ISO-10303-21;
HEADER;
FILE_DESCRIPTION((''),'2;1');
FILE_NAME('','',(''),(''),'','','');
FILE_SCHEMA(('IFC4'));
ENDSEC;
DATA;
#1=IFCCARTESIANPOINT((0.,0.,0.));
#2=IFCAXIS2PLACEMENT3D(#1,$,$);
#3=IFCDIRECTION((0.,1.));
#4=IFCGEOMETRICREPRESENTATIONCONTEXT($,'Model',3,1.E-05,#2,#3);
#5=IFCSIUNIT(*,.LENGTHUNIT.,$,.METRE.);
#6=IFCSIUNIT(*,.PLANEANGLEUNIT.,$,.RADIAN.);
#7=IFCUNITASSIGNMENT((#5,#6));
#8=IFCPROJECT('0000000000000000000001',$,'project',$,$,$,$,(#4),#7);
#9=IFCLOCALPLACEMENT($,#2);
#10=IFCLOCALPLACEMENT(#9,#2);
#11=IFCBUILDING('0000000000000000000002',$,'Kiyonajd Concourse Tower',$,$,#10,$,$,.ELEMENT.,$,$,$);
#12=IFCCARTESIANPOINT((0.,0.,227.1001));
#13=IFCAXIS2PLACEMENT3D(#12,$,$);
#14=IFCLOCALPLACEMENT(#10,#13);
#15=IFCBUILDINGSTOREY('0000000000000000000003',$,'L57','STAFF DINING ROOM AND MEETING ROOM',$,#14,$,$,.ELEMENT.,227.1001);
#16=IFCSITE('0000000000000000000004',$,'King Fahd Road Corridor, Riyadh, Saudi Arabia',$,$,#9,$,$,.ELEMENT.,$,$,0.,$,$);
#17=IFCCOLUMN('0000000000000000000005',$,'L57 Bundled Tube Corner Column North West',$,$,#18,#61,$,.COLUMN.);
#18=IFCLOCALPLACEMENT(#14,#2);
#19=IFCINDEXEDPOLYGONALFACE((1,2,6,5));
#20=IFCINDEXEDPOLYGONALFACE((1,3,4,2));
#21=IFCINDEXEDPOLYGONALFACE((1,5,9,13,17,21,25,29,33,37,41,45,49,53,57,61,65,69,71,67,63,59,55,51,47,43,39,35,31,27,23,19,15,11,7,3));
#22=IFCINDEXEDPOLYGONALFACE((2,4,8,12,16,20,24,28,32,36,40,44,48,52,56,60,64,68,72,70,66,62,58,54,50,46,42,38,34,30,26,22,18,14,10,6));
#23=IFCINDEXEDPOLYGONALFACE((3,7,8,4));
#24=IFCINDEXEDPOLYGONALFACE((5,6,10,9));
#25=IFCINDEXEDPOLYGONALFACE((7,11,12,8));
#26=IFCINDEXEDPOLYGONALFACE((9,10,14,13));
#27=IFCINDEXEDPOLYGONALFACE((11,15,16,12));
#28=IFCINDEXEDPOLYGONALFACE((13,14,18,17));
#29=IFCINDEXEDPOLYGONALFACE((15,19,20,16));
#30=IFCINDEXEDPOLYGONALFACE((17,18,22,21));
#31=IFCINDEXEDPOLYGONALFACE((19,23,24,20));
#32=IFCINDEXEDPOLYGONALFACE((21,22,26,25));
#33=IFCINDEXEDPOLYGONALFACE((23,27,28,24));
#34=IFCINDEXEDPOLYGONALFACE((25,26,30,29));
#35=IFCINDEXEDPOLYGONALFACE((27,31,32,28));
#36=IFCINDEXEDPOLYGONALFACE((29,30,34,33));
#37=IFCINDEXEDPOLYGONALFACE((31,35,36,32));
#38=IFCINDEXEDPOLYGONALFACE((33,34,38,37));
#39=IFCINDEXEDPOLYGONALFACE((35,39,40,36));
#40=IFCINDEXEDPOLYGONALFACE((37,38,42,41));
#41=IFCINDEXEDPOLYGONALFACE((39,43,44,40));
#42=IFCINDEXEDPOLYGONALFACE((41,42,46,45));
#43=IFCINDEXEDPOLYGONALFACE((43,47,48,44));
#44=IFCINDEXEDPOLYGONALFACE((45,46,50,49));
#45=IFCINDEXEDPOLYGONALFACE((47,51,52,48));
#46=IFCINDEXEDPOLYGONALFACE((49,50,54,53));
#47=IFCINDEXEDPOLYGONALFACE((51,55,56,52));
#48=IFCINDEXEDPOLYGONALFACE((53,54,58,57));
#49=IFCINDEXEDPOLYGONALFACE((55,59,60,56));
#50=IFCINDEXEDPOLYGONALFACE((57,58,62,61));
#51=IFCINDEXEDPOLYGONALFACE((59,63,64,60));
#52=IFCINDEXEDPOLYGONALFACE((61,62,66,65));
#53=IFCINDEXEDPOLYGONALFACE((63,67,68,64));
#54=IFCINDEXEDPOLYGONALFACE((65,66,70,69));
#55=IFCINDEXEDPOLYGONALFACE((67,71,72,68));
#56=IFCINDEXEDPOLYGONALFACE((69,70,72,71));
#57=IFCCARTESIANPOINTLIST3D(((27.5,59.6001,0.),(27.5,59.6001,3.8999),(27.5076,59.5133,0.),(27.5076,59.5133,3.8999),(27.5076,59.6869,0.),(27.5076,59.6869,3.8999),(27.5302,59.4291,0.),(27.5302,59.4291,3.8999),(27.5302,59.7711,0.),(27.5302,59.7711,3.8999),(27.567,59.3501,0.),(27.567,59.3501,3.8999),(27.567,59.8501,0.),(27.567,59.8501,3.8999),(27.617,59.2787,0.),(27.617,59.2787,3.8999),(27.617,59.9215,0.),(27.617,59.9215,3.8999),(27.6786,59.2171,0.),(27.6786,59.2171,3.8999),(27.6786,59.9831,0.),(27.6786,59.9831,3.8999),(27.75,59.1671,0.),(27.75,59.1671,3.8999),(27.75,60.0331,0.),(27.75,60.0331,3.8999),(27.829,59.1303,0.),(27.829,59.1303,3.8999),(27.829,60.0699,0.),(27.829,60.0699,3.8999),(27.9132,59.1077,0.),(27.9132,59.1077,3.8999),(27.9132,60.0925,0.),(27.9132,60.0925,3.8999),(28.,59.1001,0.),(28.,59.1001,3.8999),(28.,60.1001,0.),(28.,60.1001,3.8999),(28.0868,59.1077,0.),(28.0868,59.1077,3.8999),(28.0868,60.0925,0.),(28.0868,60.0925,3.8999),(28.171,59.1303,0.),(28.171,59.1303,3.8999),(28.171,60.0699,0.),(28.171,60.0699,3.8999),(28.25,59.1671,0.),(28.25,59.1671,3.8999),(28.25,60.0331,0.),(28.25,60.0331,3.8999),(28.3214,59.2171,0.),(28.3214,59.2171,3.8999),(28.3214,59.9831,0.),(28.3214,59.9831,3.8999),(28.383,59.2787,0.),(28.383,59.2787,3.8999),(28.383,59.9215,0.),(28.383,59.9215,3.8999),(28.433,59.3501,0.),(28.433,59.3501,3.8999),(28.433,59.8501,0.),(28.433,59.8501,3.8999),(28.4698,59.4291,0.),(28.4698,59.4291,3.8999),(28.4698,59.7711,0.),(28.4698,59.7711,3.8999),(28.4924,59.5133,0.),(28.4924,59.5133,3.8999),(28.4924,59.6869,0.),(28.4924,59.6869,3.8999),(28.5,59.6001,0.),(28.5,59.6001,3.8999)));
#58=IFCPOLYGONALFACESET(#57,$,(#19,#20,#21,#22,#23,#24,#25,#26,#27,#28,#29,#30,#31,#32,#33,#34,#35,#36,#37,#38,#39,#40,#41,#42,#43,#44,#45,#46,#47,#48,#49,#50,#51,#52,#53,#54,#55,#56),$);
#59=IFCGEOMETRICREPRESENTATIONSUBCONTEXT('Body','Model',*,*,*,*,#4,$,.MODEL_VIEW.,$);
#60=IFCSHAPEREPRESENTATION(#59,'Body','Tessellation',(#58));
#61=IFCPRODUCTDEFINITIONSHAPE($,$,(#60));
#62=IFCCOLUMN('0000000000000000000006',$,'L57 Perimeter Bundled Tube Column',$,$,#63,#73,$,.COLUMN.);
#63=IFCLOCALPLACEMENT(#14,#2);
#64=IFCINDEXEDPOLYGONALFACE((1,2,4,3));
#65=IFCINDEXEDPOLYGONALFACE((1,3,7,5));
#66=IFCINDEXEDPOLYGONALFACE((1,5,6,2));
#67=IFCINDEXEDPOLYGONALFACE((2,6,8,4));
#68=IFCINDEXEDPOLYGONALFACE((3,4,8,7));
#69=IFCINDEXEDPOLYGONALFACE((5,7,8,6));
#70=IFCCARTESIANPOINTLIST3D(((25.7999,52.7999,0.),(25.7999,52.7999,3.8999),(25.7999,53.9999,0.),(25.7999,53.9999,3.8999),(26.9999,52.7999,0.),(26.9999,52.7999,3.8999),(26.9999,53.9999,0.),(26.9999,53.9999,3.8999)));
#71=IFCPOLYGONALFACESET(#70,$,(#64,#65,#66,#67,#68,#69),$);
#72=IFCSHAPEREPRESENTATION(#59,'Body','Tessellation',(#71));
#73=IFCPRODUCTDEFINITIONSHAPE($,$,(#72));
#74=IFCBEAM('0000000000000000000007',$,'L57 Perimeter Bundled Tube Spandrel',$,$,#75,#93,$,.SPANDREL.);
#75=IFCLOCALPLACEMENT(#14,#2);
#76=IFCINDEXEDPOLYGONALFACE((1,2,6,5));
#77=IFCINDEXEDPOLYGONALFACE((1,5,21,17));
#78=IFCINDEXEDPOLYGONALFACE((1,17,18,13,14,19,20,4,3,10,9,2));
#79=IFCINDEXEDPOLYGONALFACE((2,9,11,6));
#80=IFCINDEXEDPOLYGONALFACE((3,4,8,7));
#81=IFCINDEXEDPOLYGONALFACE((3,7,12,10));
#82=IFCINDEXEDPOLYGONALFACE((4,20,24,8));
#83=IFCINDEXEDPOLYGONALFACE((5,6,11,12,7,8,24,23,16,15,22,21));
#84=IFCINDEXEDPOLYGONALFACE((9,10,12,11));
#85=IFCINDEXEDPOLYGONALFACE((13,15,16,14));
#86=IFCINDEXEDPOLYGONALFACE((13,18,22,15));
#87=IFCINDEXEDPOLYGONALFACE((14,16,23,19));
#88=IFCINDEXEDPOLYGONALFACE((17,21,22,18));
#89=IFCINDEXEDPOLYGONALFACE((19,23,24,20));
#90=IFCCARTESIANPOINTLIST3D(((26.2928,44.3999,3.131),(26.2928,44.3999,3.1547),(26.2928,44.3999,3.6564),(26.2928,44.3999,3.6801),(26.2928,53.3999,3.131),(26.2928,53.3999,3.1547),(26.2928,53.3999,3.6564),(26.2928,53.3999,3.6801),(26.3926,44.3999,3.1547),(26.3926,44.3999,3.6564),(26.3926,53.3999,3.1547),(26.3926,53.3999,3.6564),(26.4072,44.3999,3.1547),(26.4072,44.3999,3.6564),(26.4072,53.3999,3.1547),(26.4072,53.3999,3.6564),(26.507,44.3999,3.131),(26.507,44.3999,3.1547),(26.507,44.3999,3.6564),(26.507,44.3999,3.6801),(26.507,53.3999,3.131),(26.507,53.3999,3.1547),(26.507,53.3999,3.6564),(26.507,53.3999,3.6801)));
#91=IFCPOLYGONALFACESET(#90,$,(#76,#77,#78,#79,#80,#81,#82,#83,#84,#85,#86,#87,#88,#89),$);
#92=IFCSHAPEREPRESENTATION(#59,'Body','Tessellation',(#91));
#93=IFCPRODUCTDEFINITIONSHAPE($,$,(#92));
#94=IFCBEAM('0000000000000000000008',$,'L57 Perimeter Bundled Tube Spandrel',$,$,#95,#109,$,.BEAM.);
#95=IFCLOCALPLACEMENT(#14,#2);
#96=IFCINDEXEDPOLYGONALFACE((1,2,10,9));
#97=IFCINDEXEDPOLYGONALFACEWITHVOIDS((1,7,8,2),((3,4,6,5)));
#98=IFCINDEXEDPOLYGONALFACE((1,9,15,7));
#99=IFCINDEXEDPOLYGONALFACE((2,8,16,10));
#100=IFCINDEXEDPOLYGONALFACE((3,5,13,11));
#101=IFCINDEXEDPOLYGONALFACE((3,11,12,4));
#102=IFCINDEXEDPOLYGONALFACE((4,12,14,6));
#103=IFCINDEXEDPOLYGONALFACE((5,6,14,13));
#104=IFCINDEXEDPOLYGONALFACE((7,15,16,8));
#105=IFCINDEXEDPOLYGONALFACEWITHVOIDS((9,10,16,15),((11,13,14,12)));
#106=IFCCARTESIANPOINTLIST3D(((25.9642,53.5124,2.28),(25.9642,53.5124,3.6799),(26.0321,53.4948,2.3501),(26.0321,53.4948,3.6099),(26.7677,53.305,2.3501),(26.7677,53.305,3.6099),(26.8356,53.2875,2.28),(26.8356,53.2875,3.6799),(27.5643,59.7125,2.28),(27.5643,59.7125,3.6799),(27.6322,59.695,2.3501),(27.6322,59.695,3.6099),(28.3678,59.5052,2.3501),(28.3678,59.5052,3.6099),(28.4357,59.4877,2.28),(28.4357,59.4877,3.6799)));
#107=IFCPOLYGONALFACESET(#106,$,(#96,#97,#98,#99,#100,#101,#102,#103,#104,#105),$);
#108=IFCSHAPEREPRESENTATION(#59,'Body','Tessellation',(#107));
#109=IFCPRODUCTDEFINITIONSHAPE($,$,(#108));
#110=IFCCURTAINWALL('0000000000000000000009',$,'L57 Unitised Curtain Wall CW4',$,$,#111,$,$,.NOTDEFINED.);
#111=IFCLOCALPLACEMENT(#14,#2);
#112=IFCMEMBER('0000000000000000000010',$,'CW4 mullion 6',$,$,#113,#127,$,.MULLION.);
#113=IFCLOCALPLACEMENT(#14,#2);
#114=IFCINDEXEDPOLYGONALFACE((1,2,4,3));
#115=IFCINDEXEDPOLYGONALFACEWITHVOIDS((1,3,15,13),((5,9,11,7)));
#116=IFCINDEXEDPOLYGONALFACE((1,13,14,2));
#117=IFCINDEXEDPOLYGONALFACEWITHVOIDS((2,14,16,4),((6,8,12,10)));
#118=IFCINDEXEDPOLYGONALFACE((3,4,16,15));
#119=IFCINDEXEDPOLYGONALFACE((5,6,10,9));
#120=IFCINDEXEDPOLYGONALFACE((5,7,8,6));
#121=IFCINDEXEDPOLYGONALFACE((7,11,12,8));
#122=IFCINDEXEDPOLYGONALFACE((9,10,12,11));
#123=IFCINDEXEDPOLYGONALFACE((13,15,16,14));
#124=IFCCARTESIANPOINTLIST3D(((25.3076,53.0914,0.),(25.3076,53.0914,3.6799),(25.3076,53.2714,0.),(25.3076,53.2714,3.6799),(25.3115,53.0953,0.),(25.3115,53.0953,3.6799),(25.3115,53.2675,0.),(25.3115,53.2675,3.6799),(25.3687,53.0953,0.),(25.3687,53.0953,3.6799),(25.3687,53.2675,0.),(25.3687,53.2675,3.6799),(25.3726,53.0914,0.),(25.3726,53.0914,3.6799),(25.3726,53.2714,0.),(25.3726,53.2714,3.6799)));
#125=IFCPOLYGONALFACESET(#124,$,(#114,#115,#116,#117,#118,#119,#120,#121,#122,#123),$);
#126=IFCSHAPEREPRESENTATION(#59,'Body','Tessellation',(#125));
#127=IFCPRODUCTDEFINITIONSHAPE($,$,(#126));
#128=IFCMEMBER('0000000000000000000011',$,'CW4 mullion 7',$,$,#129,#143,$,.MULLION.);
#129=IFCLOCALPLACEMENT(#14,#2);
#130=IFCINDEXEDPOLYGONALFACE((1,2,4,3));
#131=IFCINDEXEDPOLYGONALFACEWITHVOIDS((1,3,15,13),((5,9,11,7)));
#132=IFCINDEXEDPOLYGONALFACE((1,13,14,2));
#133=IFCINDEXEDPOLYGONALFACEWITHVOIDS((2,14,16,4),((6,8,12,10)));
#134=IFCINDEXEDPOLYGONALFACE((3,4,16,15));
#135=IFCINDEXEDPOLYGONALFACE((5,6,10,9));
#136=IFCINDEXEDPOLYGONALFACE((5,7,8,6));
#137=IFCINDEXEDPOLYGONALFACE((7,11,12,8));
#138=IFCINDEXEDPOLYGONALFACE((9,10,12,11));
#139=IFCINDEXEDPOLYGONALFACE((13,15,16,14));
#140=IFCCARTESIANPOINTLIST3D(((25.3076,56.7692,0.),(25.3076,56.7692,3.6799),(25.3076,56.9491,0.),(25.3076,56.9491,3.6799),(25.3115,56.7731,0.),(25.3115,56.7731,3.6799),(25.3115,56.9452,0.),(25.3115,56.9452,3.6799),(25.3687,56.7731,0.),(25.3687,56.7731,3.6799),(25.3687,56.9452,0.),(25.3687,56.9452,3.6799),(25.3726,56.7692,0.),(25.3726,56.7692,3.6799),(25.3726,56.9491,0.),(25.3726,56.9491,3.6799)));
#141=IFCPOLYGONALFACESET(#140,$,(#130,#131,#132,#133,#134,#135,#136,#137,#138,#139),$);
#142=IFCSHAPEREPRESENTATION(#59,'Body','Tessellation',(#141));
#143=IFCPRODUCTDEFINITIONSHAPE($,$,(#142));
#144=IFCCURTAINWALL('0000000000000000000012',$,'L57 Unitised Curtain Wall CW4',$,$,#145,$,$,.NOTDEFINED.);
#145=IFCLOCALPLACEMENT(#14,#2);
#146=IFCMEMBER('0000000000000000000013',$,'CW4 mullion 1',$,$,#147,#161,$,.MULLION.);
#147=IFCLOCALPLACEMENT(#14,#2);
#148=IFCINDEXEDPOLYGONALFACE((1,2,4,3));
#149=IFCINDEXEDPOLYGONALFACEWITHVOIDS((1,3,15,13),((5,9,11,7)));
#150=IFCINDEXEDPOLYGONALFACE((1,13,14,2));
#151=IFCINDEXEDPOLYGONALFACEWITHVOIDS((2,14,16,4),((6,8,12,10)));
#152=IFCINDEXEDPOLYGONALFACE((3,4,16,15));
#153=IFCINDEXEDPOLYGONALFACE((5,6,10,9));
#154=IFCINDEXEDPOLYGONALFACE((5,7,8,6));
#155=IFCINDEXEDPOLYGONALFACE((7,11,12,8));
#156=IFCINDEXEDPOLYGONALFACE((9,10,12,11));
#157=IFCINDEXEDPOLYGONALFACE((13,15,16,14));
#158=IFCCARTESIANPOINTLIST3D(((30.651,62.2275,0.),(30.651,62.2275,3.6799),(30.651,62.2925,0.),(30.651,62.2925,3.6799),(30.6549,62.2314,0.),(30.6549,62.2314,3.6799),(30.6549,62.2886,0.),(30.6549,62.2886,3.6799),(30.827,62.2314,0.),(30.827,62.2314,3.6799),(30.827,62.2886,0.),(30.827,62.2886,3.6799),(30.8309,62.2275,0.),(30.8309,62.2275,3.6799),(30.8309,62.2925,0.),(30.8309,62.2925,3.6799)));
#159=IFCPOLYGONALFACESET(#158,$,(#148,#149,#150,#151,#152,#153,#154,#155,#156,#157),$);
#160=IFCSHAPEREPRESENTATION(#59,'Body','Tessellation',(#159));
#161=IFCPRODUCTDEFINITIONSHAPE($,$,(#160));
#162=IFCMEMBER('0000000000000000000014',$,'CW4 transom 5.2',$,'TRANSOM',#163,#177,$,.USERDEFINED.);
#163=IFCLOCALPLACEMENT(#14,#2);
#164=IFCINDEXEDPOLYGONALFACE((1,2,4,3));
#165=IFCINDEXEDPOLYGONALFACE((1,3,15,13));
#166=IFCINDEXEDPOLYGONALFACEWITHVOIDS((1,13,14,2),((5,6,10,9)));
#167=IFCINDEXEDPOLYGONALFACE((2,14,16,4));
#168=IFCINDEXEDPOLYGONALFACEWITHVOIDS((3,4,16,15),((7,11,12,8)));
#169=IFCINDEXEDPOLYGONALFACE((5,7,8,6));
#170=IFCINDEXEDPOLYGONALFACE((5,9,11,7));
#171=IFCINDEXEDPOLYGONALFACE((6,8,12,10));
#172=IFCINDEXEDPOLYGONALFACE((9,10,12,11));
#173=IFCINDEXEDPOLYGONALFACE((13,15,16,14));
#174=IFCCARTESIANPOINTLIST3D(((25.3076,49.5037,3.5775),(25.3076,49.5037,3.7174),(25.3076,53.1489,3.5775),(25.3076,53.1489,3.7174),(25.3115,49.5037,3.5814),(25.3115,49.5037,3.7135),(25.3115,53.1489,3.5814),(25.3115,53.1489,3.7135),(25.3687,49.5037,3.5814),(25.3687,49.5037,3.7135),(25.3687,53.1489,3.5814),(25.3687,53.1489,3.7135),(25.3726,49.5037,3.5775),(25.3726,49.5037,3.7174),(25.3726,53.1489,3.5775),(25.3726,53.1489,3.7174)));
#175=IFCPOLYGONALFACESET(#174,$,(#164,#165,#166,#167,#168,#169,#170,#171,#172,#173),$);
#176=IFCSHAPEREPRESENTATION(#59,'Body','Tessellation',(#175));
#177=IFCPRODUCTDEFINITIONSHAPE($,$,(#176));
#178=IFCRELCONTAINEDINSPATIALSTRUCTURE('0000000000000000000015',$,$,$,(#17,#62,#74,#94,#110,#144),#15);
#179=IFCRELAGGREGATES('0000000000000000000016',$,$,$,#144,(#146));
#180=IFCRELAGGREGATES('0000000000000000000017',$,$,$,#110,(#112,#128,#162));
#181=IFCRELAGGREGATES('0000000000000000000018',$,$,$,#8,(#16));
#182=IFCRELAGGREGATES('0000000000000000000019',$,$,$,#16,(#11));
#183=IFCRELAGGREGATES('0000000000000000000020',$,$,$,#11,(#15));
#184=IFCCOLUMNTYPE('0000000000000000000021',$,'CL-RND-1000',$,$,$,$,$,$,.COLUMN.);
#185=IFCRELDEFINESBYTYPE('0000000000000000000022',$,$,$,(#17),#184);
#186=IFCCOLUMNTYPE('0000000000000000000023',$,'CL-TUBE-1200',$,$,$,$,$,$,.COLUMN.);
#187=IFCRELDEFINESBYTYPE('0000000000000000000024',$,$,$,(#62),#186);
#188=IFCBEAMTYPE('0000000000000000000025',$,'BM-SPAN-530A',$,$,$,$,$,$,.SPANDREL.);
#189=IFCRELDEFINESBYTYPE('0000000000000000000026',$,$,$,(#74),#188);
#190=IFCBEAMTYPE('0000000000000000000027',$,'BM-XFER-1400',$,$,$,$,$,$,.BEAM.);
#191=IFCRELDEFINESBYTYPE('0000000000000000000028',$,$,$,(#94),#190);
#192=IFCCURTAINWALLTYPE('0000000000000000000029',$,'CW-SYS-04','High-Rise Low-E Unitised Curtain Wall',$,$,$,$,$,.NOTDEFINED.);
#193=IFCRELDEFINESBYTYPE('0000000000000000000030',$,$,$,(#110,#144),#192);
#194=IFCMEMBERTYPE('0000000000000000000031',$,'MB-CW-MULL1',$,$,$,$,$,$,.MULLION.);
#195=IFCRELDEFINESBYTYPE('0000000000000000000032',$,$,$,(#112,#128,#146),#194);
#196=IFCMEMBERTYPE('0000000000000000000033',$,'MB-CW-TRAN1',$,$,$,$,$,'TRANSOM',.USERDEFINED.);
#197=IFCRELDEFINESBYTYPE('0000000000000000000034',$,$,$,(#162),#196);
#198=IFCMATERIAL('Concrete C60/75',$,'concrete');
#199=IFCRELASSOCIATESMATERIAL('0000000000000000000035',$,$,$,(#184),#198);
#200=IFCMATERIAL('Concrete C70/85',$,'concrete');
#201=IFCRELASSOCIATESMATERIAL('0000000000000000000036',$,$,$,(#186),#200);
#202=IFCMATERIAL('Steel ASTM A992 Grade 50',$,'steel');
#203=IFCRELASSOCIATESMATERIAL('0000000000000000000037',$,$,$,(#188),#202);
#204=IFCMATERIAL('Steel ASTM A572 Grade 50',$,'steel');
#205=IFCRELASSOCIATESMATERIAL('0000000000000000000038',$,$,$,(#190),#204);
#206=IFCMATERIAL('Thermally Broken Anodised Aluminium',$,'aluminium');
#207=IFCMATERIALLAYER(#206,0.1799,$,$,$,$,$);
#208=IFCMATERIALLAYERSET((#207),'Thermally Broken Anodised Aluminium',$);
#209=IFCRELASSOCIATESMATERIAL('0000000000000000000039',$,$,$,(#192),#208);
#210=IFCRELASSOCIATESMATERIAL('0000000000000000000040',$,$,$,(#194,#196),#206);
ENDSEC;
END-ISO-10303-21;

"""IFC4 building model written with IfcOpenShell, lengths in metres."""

from ifc_helpers import new_model, si_unit, direction, frame, origin, origin_2d, place, context, subcontext, project, spatial, rectangle, hollow_rectangle, circle, i_section, extrude, material, layer, layer_set, material_profile, profile_set, type_object, element, aggregate, save


model = new_model("IFC4")

# Units and contexts
model_context = context("Model", 3, precision=1e-05, world=origin(), true_north=direction((0.0, 1.0)))
body_context = subcontext(model_context, "Body", "Model", "MODEL_VIEW")
ifc_project = project(units=[si_unit("LENGTHUNIT", "METRE"), si_unit("PLANEANGLEUNIT", "RADIAN")], contexts=[model_context])

# Site, building, storey
site_placement = place(None, origin())
site = spatial("IfcSite", under=ifc_project, at=site_placement, Name="King Fahd Road Corridor, Riyadh, Saudi Arabia", CompositionType="ELEMENT", RefElevation=0.0)
building_placement = place(site_placement, origin())
building = spatial("IfcBuilding", under=site, at=building_placement, Name="Kiyonajd Concourse Tower", CompositionType="ELEMENT")
storey_placement = place(building_placement, frame((0.0, 0.0, 227.1001)))
storey = spatial("IfcBuildingStorey", under=building, at=storey_placement, Name="L57", Description="STAFF DINING ROOM AND MEETING ROOM", CompositionType="ELEMENT", Elevation=227.1001)

# Columns
ifc_material_1 = material(Name="Concrete C60/75", Category="concrete")
ifc_material_profile_1 = material_profile(ifc_material_1, circle(Radius=0.5, at=origin_2d()), Name="RCC-D1000")
ifc_profile_set_1 = profile_set([ifc_material_profile_1], Name="Concrete C60/75")
column_type_1 = type_object("IfcColumnType", Name="CL-RND-1000", PredefinedType="COLUMN", material=ifc_profile_set_1)
column_1_placement = place(storey_placement, frame((28.0, 59.6001, 0.0), z_axis=(0.0, 0.0, 1.0), x_axis=(1.0, 0.0, 0.0)))
element("IfcColumn", 1, at=column_1_placement, inside=storey, type_object=column_type_1, Name="L57 Bundled Tube Corner Column North West", PredefinedType="COLUMN", context=body_context, shape_type="SweptSolid", body=[
    extrude(circle(Radius=0.5, at=origin_2d()), origin(), (0.0, 0.0, 1.0), 3.8999),
])
ifc_material_2 = material(Name="Concrete C70/85", Category="concrete")
ifc_material_profile_2 = material_profile(ifc_material_2, rectangle(XDim=1.2, YDim=1.2, at=origin_2d()), Name="RC-1200x1200")
ifc_profile_set_2 = profile_set([ifc_material_profile_2], Name="Concrete C70/85")
column_type_2 = type_object("IfcColumnType", Name="CL-TUBE-1200", PredefinedType="COLUMN", material=ifc_profile_set_2)
column_2_placement = place(storey_placement, frame((26.3999, 53.3999, 0.0), z_axis=(0.0, 0.0, 1.0), x_axis=(1.0, 0.0, 0.0)))
element("IfcColumn", 2, at=column_2_placement, inside=storey, type_object=column_type_2, Name="L57 Perimeter Bundled Tube Column", PredefinedType="COLUMN", context=body_context, shape_type="SweptSolid", body=[
    extrude(rectangle(XDim=1.2, YDim=1.2, at=origin_2d()), origin(), (0.0, 0.0, 1.0), 3.8999),
])

# Beams
ifc_material_3 = material(Name="Steel ASTM A992 Grade 50", Category="steel")
ifc_material_profile_3 = material_profile(ifc_material_3, i_section(OverallWidth=0.2141, OverallDepth=0.5491, WebThickness=0.0146, FlangeThickness=0.0237, at=origin_2d()), Name="W530X138")
ifc_profile_set_3 = profile_set([ifc_material_profile_3], Name="Steel ASTM A992 Grade 50")
beam_type_1 = type_object("IfcBeamType", Name="BM-SPAN-530A", PredefinedType="SPANDREL", material=ifc_profile_set_3)
beam_1_placement = place(storey_placement, frame((26.3999, 53.3999, 3.4055), z_axis=(0.0, -1.0, 0.0), x_axis=(1.0, 0.0, 0.0)))
element("IfcBeam", 3, at=beam_1_placement, inside=storey, type_object=beam_type_1, Name="L57 Perimeter Bundled Tube Spandrel", PredefinedType="SPANDREL", context=body_context, shape_type="SweptSolid", body=[
    extrude(i_section(OverallWidth=0.2141, OverallDepth=0.5491, WebThickness=0.0146, FlangeThickness=0.0237, at=origin_2d()), origin(), (0.0, 0.0, 1.0), 9.0),
])
ifc_material_4 = material(Name="Steel ASTM A572 Grade 50", Category="steel")
ifc_material_profile_4 = material_profile(ifc_material_4, hollow_rectangle(XDim=0.8999, YDim=1.3999, WallThickness=0.0701, at=origin_2d()), Name="BOX-1400x900x70")
ifc_profile_set_4 = profile_set([ifc_material_profile_4], Name="Steel ASTM A572 Grade 50")
beam_type_2 = type_object("IfcBeamType", Name="BM-XFER-1400", PredefinedType="BEAM", material=ifc_profile_set_4)
beam_2_placement = place(storey_placement, frame((28.0, 59.6001, 2.98), z_axis=(-0.249885, -0.968276, 0.0), x_axis=(0.968276, -0.249885, 0.0)))
element("IfcBeam", 4, at=beam_2_placement, inside=storey, type_object=beam_type_2, Name="L57 Perimeter Bundled Tube Spandrel", PredefinedType="BEAM", context=body_context, shape_type="SweptSolid", body=[
    extrude(hollow_rectangle(XDim=0.8999, YDim=1.3999, WallThickness=0.0701, at=origin_2d()), origin(), (0.0, 0.0, 1.0), 6.4033),
])

# Curtain wall, members
ifc_material_5 = material(Name="Thermally Broken Anodised Aluminium", Category="aluminium")
ifc_layer_1 = layer(ifc_material_5, 0.1799)
ifc_layer_set_1 = layer_set([ifc_layer_1], Name="Thermally Broken Anodised Aluminium")
curtain_wall_type = type_object("IfcCurtainWallType", Name="CW-SYS-04", Description="High-Rise Low-E Unitised Curtain Wall", PredefinedType="NOTDEFINED", material=ifc_layer_set_1)
curtain_wall_1_placement = place(storey_placement, origin())
curtain_wall_1 = element("IfcCurtainWall", 5, at=curtain_wall_1_placement, inside=storey, type_object=curtain_wall_type, Name="L57 Unitised Curtain Wall CW4", PredefinedType="NOTDEFINED")
ifc_material_profile_5 = material_profile(ifc_material_5, hollow_rectangle(XDim=0.0649, YDim=0.1799, WallThickness=0.0039, at=origin_2d()), Name="MULL-65x180")
ifc_profile_set_5 = profile_set([ifc_material_profile_5], Name="Thermally Broken Anodised Aluminium")
member_type_1 = type_object("IfcMemberType", Name="MB-CW-MULL1", PredefinedType="MULLION", material=ifc_profile_set_5)
member_1_placement = place(storey_placement, frame((25.3401, 53.1814, 0.0), z_axis=(0.0, 0.0, 1.0), x_axis=(-1.0, 0.0, 0.0)))
member_1 = element("IfcMember", 6, at=member_1_placement, type_object=member_type_1, Name="CW4 mullion 6", PredefinedType="MULLION", context=body_context, shape_type="SweptSolid", body=[
    extrude(hollow_rectangle(XDim=0.0649, YDim=0.1799, WallThickness=0.0039, at=origin_2d()), origin(), (0.0, 0.0, 1.0), 3.6799),
])
member_2_placement = place(storey_placement, frame((25.3401, 56.8591, 0.0), z_axis=(0.0, 0.0, 1.0), x_axis=(-1.0, 0.0, 0.0)))
member_2 = element("IfcMember", 7, at=member_2_placement, type_object=member_type_1, Name="CW4 mullion 7", PredefinedType="MULLION", context=body_context, shape_type="SweptSolid", body=[
    extrude(hollow_rectangle(XDim=0.0649, YDim=0.1799, WallThickness=0.0039, at=origin_2d()), origin(), (0.0, 0.0, 1.0), 3.6799),
])

# Curtain wall, member
curtain_wall_2_placement = place(storey_placement, origin())
curtain_wall_2 = element("IfcCurtainWall", 8, at=curtain_wall_2_placement, inside=storey, type_object=curtain_wall_type, Name="L57 Unitised Curtain Wall CW4", PredefinedType="NOTDEFINED")
member_3_placement = place(storey_placement, frame((30.741, 62.26, 0.0), z_axis=(0.0, 0.0, 1.0), x_axis=(0.0, 1.0, 0.0)))
member_3 = element("IfcMember", 9, at=member_3_placement, type_object=member_type_1, Name="CW4 mullion 1", PredefinedType="MULLION", context=body_context, shape_type="SweptSolid", body=[
    extrude(hollow_rectangle(XDim=0.0649, YDim=0.1799, WallThickness=0.0039, at=origin_2d()), origin(), (0.0, 0.0, 1.0), 3.6799),
])

# Member
ifc_material_profile_6 = material_profile(ifc_material_5, hollow_rectangle(XDim=0.0649, YDim=0.1399, WallThickness=0.0039, at=origin_2d()), Name="TRAN-65x140")
ifc_profile_set_6 = profile_set([ifc_material_profile_6], Name="Thermally Broken Anodised Aluminium")
member_type_2 = type_object("IfcMemberType", Name="MB-CW-TRAN1", ElementType="TRANSOM", PredefinedType="USERDEFINED", material=ifc_profile_set_6)
member_4_placement = place(storey_placement, frame((25.3401, 49.5037, 3.6475), z_axis=(0.0, 1.0, 0.0), x_axis=(-1.0, 0.0, 0.0)))
member_4 = element("IfcMember", 10, at=member_4_placement, type_object=member_type_2, Name="CW4 transom 5.2", ObjectType="TRANSOM", PredefinedType="USERDEFINED", context=body_context, shape_type="SweptSolid", body=[
    extrude(hollow_rectangle(XDim=0.0649, YDim=0.1399, WallThickness=0.0039, at=origin_2d()), origin(), (0.0, 0.0, 1.0), 3.6453),
])
aggregate(curtain_wall_2, [member_3])

aggregate(curtain_wall_1, [member_1, member_2, member_4])

save(model, "model.ifc")
